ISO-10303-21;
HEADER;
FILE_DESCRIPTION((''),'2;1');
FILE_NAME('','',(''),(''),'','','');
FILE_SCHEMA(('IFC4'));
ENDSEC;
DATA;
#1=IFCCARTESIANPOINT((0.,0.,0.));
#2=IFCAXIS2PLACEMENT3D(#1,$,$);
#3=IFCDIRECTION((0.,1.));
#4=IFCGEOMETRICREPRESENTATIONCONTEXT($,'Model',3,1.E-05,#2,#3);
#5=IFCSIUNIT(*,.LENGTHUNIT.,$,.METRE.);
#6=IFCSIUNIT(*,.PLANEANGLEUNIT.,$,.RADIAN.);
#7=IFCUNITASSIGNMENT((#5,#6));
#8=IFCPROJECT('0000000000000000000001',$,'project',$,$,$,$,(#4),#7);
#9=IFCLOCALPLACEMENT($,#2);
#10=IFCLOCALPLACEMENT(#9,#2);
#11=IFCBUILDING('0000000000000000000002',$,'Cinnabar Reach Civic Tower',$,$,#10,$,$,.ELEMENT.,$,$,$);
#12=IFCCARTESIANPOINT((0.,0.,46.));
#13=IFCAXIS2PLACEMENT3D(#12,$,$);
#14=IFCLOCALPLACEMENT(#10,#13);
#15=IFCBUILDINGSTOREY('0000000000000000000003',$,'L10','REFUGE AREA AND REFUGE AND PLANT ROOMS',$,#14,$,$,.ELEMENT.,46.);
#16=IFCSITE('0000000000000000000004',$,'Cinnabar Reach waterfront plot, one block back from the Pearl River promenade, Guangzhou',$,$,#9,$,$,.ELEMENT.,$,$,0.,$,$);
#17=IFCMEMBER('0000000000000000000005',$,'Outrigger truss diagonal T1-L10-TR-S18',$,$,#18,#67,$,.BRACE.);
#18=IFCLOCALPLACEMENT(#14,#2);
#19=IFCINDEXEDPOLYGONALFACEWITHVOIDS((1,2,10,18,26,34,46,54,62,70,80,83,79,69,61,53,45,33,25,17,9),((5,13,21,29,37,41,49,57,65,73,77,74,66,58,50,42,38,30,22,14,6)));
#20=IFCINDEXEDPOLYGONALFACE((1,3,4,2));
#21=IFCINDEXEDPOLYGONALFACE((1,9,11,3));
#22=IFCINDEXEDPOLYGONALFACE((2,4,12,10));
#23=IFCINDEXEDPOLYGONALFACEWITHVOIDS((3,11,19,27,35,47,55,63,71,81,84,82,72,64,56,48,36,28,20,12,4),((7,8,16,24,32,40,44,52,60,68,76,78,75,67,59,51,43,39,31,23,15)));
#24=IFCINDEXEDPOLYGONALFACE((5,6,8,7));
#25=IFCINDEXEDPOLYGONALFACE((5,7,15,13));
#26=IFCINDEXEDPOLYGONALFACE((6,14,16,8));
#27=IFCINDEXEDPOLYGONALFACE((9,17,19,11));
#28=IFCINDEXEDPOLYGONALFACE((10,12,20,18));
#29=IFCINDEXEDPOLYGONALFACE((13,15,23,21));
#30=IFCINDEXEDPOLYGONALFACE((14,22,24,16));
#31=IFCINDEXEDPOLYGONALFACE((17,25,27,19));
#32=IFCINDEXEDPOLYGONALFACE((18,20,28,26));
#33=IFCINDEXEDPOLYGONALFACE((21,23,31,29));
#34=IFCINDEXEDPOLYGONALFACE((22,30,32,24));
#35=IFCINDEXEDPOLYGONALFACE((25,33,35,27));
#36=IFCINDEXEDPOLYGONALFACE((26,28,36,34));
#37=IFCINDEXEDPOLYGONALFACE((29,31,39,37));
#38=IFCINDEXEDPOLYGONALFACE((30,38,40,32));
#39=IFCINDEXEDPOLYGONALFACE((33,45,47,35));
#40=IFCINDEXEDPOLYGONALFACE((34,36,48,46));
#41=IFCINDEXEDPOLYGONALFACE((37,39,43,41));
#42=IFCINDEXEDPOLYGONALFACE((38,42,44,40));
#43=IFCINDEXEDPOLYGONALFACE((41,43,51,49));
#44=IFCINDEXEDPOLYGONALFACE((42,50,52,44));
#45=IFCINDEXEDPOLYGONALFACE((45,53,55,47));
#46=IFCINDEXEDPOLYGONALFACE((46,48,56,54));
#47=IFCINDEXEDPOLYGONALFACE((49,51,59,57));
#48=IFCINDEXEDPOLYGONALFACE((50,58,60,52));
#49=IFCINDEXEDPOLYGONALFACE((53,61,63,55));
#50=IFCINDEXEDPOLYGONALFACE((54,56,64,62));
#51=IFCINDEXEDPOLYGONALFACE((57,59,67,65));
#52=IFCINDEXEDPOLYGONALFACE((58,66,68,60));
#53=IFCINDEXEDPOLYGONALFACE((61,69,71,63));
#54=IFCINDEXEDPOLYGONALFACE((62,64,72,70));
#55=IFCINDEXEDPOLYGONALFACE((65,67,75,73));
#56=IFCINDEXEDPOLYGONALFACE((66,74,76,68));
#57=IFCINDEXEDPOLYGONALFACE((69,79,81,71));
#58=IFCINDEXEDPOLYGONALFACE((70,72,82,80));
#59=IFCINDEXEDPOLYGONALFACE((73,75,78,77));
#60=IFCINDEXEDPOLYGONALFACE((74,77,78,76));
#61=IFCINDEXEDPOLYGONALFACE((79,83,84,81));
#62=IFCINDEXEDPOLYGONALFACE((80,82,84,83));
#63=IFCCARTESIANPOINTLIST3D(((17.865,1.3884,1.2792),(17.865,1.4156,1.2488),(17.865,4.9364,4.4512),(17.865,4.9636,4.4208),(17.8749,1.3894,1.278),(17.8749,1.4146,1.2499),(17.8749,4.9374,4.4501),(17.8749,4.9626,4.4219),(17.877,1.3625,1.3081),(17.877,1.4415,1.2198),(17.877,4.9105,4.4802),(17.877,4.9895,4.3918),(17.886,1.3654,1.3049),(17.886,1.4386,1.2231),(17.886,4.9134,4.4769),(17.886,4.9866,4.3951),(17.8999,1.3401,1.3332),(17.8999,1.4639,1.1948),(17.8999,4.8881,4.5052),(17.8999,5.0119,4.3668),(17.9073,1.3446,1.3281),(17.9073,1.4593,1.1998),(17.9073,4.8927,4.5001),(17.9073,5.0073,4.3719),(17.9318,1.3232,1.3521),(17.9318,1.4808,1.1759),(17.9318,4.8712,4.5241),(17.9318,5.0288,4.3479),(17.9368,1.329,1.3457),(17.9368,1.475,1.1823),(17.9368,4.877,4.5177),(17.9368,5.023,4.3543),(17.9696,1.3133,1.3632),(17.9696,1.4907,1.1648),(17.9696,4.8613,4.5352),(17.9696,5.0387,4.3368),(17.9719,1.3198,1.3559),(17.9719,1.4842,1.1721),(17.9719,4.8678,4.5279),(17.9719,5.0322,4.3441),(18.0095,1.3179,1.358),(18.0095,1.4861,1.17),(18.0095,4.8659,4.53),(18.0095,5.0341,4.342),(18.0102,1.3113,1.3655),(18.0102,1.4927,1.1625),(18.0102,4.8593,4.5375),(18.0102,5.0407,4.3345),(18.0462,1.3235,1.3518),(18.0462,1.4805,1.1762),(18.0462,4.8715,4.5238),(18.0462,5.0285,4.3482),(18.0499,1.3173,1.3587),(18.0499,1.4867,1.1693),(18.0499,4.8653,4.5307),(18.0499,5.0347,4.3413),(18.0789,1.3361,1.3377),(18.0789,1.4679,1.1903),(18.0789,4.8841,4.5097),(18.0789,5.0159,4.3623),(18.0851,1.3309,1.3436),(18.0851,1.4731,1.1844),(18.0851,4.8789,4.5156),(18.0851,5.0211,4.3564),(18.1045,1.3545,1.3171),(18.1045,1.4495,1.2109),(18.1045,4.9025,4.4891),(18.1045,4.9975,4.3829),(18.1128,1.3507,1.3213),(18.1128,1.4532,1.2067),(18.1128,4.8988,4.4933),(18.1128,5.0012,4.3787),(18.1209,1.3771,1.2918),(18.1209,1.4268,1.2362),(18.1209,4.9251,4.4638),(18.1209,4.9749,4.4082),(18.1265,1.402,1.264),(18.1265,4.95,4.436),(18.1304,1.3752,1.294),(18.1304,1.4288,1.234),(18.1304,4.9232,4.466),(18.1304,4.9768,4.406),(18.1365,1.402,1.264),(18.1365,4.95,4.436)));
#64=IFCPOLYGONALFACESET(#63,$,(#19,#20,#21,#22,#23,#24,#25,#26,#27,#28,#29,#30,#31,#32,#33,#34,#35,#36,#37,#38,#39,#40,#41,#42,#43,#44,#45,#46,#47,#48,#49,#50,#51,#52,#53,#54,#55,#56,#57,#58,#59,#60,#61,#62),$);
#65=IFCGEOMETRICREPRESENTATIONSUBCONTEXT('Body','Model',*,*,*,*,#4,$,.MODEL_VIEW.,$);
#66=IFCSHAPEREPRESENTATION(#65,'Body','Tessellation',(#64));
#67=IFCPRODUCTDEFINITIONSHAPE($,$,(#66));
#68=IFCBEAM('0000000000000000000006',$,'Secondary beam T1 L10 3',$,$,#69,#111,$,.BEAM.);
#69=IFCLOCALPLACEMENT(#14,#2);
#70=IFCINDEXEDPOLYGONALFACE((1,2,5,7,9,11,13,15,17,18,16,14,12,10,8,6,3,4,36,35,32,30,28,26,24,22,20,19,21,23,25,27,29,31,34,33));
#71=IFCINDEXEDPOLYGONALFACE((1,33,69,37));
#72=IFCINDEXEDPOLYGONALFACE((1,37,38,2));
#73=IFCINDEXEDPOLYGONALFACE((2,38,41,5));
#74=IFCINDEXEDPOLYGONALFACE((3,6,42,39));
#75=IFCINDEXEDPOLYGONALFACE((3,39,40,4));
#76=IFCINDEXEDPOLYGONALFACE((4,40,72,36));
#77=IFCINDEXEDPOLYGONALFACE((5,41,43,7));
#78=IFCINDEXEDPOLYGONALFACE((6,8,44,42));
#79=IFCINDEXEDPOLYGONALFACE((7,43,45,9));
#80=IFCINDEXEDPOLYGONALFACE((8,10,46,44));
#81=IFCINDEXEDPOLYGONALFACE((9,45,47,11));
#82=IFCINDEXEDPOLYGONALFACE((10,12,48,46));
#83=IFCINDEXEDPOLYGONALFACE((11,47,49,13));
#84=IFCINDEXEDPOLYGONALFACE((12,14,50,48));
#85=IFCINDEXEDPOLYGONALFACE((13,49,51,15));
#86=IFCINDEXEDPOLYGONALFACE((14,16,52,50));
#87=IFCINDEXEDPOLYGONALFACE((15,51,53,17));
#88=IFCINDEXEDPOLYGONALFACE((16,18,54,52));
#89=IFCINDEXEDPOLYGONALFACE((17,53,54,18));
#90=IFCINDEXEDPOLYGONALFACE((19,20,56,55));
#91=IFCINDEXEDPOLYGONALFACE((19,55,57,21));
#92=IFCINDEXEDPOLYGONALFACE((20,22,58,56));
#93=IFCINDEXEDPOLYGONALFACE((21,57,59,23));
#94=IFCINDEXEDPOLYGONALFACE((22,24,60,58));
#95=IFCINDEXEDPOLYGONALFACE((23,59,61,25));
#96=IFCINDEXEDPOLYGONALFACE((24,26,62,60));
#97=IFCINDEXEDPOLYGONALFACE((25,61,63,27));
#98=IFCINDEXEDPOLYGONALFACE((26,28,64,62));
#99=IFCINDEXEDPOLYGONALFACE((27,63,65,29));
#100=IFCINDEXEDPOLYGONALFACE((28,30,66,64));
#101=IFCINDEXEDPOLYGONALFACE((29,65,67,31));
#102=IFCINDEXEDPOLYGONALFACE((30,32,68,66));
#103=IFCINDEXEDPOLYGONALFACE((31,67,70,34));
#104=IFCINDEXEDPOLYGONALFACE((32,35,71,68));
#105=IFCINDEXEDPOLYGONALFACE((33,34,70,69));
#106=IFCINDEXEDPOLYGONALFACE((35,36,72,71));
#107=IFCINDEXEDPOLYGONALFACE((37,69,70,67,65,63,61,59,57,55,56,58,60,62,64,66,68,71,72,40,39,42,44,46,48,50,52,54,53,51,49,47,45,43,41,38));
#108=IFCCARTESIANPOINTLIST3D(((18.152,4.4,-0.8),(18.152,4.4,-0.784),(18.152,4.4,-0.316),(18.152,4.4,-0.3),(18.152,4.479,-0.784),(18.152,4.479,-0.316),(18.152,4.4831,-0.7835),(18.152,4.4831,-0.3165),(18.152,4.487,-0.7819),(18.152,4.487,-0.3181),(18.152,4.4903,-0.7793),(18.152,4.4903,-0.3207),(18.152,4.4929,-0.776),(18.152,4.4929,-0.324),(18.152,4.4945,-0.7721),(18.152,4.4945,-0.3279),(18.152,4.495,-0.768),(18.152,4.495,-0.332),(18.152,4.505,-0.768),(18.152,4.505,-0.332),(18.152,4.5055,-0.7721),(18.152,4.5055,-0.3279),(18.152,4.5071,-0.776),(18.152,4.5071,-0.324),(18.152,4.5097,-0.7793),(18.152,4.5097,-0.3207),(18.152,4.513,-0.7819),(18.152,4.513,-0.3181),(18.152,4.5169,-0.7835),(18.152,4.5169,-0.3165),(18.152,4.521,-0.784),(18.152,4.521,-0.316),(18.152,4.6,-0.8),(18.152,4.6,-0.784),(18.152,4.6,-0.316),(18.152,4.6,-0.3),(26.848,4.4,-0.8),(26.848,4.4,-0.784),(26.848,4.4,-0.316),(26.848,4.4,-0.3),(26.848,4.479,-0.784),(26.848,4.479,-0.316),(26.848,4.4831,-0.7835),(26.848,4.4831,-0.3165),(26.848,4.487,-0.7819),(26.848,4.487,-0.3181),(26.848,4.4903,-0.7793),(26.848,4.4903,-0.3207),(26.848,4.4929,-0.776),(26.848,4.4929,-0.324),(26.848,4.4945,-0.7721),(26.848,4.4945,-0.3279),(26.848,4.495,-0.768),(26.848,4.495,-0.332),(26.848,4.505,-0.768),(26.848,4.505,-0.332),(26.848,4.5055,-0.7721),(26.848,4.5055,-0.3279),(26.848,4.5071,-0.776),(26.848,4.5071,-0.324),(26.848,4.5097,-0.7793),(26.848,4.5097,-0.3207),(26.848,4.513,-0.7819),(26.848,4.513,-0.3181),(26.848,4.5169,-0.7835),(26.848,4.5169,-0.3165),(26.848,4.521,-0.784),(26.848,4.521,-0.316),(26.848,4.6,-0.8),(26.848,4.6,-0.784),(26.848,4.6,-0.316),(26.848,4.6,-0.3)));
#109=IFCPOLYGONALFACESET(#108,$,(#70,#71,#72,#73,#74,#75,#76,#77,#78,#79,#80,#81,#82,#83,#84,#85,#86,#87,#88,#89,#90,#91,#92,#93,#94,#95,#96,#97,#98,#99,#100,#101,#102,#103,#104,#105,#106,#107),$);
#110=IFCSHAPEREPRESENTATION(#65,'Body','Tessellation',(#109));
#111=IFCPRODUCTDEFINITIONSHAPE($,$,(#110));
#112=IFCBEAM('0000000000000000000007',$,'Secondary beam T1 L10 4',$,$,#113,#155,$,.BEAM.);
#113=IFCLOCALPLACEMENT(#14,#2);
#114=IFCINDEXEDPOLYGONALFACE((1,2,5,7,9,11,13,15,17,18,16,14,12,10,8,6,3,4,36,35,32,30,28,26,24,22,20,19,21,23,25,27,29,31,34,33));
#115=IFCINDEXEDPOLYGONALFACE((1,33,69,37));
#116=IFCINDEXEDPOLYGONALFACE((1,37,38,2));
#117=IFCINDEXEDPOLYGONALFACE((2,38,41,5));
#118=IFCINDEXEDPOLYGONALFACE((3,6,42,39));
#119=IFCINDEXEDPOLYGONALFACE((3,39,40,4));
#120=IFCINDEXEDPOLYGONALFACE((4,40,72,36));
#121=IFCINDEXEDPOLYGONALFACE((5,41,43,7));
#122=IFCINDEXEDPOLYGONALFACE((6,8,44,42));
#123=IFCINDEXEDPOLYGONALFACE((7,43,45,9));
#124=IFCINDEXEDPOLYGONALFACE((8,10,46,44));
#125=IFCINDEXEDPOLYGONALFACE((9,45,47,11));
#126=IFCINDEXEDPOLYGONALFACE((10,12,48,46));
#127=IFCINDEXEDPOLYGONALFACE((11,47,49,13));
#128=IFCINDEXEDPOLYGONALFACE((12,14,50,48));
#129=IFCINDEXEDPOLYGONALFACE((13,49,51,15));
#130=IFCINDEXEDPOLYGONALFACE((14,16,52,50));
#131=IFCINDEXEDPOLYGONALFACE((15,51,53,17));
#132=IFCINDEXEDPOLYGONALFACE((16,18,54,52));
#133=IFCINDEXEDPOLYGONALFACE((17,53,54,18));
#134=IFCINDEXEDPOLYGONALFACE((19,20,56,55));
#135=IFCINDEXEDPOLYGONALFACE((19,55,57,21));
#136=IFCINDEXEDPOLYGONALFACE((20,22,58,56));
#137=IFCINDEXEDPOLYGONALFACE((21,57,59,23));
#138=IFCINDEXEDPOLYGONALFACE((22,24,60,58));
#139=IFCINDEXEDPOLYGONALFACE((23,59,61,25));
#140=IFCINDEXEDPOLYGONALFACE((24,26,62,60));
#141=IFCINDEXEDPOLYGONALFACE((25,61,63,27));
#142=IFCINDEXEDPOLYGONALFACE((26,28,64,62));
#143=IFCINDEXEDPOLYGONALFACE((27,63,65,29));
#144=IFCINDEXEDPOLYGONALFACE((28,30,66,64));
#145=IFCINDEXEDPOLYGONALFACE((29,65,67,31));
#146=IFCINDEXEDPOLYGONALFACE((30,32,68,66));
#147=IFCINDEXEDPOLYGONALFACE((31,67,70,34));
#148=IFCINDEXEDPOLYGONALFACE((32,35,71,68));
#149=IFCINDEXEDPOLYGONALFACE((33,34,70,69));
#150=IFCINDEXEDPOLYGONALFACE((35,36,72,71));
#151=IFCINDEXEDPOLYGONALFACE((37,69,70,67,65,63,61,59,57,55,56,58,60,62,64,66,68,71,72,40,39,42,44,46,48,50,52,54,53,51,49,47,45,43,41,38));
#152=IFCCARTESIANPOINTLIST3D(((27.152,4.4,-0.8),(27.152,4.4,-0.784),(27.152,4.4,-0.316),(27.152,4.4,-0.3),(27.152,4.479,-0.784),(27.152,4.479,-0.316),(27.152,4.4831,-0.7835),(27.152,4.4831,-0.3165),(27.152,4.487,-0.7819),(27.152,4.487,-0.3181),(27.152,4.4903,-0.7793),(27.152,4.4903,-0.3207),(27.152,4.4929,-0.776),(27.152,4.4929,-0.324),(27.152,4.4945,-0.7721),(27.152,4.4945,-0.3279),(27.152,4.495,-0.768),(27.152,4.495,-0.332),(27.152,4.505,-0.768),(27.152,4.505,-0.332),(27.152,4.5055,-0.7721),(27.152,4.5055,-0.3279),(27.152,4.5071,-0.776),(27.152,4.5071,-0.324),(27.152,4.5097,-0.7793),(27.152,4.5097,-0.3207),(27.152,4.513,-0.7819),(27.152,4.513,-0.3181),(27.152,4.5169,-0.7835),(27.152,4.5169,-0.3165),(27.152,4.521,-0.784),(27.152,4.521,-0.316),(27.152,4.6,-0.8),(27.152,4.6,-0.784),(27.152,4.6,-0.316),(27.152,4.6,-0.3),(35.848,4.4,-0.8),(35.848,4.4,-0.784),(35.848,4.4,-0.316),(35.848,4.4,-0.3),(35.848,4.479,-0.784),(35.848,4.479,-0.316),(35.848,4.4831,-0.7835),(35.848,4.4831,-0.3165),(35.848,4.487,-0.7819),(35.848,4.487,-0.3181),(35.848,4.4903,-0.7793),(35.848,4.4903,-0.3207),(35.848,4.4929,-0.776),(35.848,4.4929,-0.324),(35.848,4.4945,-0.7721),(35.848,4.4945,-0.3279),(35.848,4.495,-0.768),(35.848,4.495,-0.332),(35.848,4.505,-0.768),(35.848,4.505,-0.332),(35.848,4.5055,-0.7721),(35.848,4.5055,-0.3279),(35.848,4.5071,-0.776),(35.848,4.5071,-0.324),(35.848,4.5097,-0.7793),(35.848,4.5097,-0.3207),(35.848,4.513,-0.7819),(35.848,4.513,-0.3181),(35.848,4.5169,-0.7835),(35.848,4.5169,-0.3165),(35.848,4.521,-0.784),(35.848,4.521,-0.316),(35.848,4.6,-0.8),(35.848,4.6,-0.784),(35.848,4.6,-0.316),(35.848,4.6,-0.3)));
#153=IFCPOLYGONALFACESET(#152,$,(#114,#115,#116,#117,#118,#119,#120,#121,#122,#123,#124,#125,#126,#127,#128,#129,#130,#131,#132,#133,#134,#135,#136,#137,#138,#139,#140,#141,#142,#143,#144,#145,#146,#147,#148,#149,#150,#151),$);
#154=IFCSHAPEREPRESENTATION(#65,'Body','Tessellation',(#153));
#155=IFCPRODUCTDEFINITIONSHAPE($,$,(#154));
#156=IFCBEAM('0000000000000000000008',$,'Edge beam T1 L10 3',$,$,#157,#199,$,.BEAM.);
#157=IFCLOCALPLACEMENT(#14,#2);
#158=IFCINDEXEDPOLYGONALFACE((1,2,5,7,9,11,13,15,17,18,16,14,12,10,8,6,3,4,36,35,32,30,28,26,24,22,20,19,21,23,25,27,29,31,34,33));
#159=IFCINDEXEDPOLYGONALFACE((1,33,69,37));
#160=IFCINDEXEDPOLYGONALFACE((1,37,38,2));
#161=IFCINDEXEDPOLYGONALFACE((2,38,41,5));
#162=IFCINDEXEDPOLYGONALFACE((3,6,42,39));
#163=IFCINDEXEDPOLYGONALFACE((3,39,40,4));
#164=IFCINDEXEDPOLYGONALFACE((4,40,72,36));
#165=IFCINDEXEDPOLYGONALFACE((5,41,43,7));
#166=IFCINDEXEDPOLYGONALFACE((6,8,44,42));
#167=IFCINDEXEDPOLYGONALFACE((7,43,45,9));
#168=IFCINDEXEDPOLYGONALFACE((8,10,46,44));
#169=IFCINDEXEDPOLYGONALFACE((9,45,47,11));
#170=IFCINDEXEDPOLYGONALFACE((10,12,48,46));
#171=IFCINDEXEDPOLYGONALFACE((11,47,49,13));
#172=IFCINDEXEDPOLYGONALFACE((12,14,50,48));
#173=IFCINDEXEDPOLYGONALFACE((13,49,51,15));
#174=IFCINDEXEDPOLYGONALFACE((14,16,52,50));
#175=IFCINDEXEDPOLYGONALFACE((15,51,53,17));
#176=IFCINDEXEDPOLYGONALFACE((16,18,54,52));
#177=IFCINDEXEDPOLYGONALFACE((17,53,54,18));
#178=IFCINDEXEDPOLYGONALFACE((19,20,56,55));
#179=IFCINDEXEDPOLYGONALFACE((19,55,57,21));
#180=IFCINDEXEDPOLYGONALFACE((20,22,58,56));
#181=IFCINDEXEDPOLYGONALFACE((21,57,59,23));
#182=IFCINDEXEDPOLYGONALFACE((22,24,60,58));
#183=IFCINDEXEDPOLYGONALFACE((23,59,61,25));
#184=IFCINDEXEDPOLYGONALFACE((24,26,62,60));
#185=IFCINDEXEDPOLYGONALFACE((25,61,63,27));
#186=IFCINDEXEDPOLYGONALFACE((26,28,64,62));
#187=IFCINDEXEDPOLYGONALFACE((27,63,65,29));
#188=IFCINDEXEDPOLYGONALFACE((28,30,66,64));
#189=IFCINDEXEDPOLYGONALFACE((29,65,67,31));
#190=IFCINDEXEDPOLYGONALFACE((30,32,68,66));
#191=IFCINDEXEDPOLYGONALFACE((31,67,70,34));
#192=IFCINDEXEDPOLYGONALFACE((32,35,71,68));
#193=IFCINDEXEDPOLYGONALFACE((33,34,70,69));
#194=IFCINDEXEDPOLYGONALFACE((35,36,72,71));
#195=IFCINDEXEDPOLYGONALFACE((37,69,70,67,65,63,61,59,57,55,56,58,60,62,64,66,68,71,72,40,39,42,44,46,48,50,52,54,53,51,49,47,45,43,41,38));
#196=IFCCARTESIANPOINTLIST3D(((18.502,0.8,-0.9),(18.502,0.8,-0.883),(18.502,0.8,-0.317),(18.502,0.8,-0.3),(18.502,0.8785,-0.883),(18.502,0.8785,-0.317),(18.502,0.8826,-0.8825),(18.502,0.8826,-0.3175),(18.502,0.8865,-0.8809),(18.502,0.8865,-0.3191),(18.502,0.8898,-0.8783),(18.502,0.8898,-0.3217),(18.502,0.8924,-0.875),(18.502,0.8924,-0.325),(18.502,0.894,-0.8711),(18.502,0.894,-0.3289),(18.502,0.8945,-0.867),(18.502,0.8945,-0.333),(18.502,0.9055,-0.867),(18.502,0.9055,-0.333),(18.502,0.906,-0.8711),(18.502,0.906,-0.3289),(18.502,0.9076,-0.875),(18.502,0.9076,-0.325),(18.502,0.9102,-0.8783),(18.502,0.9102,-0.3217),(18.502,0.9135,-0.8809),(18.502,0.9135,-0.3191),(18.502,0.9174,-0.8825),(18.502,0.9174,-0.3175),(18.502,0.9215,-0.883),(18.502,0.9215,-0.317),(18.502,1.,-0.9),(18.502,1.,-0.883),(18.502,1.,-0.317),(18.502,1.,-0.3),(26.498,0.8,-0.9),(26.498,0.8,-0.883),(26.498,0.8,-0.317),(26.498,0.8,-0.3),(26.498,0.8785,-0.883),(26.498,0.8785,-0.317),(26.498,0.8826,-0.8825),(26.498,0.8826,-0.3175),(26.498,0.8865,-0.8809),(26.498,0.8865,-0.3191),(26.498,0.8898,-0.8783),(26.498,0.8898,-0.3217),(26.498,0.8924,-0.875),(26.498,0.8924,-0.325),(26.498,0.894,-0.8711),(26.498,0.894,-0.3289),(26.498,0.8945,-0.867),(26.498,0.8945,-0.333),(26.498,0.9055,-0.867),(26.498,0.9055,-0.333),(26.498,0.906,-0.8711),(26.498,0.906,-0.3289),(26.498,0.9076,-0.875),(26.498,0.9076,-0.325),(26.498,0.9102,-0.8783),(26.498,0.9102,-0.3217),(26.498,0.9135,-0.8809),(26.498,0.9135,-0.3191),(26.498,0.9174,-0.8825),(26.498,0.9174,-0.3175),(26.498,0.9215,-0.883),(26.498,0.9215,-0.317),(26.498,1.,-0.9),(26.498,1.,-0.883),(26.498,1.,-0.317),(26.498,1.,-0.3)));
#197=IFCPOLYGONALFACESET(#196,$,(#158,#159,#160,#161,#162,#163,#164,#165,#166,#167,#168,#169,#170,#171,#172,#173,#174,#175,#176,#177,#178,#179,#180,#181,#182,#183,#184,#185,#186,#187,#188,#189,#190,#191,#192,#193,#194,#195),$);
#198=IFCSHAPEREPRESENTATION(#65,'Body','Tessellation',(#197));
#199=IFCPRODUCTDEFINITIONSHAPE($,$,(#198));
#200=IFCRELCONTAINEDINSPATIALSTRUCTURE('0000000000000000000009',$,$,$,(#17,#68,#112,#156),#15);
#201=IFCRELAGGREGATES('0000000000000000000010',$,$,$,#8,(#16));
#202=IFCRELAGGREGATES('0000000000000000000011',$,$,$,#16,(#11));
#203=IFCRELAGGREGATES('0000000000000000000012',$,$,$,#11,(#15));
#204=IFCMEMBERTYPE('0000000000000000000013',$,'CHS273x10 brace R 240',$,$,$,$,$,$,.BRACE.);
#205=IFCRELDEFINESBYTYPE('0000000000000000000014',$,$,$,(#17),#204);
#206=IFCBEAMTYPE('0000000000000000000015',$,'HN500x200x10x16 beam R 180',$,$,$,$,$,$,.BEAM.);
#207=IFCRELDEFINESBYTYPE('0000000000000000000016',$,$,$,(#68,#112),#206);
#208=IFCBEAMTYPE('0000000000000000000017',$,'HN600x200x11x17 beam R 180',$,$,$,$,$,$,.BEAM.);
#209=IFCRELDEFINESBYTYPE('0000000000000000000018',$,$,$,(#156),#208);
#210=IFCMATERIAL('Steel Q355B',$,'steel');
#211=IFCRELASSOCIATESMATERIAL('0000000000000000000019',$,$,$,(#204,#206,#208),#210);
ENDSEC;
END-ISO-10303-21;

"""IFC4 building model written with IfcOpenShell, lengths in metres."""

from ifc_helpers import new_model, si_unit, direction, frame, origin, origin_2d, place, context, subcontext, project, spatial, hollow_circle, i_section, extrude, material, material_profile, profile_set, type_object, element, save


model = new_model("IFC4")

# Units and contexts
model_context = context("Model", 3, precision=1e-05, world=origin(), true_north=direction((0.0, 1.0)))
body_context = subcontext(model_context, "Body", "Model", "MODEL_VIEW")
ifc_project = project(units=[si_unit("LENGTHUNIT", "METRE"), si_unit("PLANEANGLEUNIT", "RADIAN")], contexts=[model_context])

# Site, building, storey
site_placement = place(None, origin())
site = spatial("IfcSite", under=ifc_project, at=site_placement, Name="Cinnabar Reach waterfront plot, one block back from the Pearl River promenade, Guangzhou", CompositionType="ELEMENT", RefElevation=0.0)
building_placement = place(site_placement, origin())
building = spatial("IfcBuilding", under=site, at=building_placement, Name="Cinnabar Reach Civic Tower", CompositionType="ELEMENT")
storey_placement = place(building_placement, frame((0.0, 0.0, 46.0)))
storey = spatial("IfcBuildingStorey", under=building, at=storey_placement, Name="L10", Description="REFUGE AREA AND REFUGE AND PLANT ROOMS", CompositionType="ELEMENT", Elevation=46.0)

# Shared definitions
ifc_material_1 = material(Name="Steel Q355B", Category="steel")

# Member
ifc_material_profile_1 = material_profile(ifc_material_1, hollow_circle(Radius=0.1365, WallThickness=0.01, at=origin_2d()), Name="CHS273x10")
ifc_profile_set_1 = profile_set([ifc_material_profile_1], Name="Steel Q355B")
member_type_1 = type_object("IfcMemberType", Name="CHS273x10 brace R 240", PredefinedType="BRACE", material=ifc_profile_set_1)
for number, where, z_axis, x_axis, name in (
    (1, (18.0, 4.95, 4.436), (0.0, -0.745505, -0.6665), (1.0, 0.0, 0.0), "Outrigger truss diagonal T1-L10-TR-S18"),
):
    element("IfcMember", number, at=place(storey_placement, frame(where, z_axis=z_axis, x_axis=x_axis)), inside=storey, type_object=member_type_1, Name=name, PredefinedType="BRACE", context=body_context, shape_type="SweptSolid", body=[
        extrude(hollow_circle(Radius=0.1365, WallThickness=0.01, at=origin_2d()), origin(), (0.0, 0.0, 1.0), 4.7592),
    ])

# Beams
ifc_material_profile_2 = material_profile(ifc_material_1, i_section(OverallWidth=0.2, OverallDepth=0.5, WebThickness=0.01, FlangeThickness=0.016, FilletRadius=0.016, at=origin_2d()), Name="HN500x200x10x16")
ifc_profile_set_2 = profile_set([ifc_material_profile_2], Name="Steel Q355B")
beam_type_1 = type_object("IfcBeamType", Name="HN500x200x10x16 beam R 180", PredefinedType="BEAM", material=ifc_profile_set_2)
for number, where, z_axis, x_axis, name in (
    (2, (18.152, 4.5, -0.55), (1.0, 0.0, 0.0), (0.0, 1.0, 0.0), "Secondary beam T1 L10 3"),
    (3, (27.152, 4.5, -0.55), (1.0, 0.0, 0.0), (0.0, 1.0, 0.0), "Secondary beam T1 L10 4"),
):
    element("IfcBeam", number, at=place(storey_placement, frame(where, z_axis=z_axis, x_axis=x_axis)), inside=storey, type_object=beam_type_1, Name=name, PredefinedType="BEAM", context=body_context, shape_type="SweptSolid", body=[
        extrude(i_section(OverallWidth=0.2, OverallDepth=0.5, WebThickness=0.01, FlangeThickness=0.016, FilletRadius=0.016, at=origin_2d()), origin(), (0.0, 0.0, 1.0), 8.696),
    ])
ifc_material_profile_3 = material_profile(ifc_material_1, i_section(OverallWidth=0.2, OverallDepth=0.6, WebThickness=0.011, FlangeThickness=0.017, FilletRadius=0.016, at=origin_2d()), Name="HN600x200x11x17")
ifc_profile_set_3 = profile_set([ifc_material_profile_3], Name="Steel Q355B")
beam_type_2 = type_object("IfcBeamType", Name="HN600x200x11x17 beam R 180", PredefinedType="BEAM", material=ifc_profile_set_3)
for number, where, z_axis, x_axis, name in (
    (4, (18.502, 0.9, -0.6), (1.0, 0.0, 0.0), (0.0, 1.0, 0.0), "Edge beam T1 L10 3"),
):
    element("IfcBeam", number, at=place(storey_placement, frame(where, z_axis=z_axis, x_axis=x_axis)), inside=storey, type_object=beam_type_2, Name=name, PredefinedType="BEAM", context=body_context, shape_type="SweptSolid", body=[
        extrude(i_section(OverallWidth=0.2, OverallDepth=0.6, WebThickness=0.011, FlangeThickness=0.017, FilletRadius=0.016, at=origin_2d()), origin(), (0.0, 0.0, 1.0), 7.996),
    ])

save(model, "model.ifc")
